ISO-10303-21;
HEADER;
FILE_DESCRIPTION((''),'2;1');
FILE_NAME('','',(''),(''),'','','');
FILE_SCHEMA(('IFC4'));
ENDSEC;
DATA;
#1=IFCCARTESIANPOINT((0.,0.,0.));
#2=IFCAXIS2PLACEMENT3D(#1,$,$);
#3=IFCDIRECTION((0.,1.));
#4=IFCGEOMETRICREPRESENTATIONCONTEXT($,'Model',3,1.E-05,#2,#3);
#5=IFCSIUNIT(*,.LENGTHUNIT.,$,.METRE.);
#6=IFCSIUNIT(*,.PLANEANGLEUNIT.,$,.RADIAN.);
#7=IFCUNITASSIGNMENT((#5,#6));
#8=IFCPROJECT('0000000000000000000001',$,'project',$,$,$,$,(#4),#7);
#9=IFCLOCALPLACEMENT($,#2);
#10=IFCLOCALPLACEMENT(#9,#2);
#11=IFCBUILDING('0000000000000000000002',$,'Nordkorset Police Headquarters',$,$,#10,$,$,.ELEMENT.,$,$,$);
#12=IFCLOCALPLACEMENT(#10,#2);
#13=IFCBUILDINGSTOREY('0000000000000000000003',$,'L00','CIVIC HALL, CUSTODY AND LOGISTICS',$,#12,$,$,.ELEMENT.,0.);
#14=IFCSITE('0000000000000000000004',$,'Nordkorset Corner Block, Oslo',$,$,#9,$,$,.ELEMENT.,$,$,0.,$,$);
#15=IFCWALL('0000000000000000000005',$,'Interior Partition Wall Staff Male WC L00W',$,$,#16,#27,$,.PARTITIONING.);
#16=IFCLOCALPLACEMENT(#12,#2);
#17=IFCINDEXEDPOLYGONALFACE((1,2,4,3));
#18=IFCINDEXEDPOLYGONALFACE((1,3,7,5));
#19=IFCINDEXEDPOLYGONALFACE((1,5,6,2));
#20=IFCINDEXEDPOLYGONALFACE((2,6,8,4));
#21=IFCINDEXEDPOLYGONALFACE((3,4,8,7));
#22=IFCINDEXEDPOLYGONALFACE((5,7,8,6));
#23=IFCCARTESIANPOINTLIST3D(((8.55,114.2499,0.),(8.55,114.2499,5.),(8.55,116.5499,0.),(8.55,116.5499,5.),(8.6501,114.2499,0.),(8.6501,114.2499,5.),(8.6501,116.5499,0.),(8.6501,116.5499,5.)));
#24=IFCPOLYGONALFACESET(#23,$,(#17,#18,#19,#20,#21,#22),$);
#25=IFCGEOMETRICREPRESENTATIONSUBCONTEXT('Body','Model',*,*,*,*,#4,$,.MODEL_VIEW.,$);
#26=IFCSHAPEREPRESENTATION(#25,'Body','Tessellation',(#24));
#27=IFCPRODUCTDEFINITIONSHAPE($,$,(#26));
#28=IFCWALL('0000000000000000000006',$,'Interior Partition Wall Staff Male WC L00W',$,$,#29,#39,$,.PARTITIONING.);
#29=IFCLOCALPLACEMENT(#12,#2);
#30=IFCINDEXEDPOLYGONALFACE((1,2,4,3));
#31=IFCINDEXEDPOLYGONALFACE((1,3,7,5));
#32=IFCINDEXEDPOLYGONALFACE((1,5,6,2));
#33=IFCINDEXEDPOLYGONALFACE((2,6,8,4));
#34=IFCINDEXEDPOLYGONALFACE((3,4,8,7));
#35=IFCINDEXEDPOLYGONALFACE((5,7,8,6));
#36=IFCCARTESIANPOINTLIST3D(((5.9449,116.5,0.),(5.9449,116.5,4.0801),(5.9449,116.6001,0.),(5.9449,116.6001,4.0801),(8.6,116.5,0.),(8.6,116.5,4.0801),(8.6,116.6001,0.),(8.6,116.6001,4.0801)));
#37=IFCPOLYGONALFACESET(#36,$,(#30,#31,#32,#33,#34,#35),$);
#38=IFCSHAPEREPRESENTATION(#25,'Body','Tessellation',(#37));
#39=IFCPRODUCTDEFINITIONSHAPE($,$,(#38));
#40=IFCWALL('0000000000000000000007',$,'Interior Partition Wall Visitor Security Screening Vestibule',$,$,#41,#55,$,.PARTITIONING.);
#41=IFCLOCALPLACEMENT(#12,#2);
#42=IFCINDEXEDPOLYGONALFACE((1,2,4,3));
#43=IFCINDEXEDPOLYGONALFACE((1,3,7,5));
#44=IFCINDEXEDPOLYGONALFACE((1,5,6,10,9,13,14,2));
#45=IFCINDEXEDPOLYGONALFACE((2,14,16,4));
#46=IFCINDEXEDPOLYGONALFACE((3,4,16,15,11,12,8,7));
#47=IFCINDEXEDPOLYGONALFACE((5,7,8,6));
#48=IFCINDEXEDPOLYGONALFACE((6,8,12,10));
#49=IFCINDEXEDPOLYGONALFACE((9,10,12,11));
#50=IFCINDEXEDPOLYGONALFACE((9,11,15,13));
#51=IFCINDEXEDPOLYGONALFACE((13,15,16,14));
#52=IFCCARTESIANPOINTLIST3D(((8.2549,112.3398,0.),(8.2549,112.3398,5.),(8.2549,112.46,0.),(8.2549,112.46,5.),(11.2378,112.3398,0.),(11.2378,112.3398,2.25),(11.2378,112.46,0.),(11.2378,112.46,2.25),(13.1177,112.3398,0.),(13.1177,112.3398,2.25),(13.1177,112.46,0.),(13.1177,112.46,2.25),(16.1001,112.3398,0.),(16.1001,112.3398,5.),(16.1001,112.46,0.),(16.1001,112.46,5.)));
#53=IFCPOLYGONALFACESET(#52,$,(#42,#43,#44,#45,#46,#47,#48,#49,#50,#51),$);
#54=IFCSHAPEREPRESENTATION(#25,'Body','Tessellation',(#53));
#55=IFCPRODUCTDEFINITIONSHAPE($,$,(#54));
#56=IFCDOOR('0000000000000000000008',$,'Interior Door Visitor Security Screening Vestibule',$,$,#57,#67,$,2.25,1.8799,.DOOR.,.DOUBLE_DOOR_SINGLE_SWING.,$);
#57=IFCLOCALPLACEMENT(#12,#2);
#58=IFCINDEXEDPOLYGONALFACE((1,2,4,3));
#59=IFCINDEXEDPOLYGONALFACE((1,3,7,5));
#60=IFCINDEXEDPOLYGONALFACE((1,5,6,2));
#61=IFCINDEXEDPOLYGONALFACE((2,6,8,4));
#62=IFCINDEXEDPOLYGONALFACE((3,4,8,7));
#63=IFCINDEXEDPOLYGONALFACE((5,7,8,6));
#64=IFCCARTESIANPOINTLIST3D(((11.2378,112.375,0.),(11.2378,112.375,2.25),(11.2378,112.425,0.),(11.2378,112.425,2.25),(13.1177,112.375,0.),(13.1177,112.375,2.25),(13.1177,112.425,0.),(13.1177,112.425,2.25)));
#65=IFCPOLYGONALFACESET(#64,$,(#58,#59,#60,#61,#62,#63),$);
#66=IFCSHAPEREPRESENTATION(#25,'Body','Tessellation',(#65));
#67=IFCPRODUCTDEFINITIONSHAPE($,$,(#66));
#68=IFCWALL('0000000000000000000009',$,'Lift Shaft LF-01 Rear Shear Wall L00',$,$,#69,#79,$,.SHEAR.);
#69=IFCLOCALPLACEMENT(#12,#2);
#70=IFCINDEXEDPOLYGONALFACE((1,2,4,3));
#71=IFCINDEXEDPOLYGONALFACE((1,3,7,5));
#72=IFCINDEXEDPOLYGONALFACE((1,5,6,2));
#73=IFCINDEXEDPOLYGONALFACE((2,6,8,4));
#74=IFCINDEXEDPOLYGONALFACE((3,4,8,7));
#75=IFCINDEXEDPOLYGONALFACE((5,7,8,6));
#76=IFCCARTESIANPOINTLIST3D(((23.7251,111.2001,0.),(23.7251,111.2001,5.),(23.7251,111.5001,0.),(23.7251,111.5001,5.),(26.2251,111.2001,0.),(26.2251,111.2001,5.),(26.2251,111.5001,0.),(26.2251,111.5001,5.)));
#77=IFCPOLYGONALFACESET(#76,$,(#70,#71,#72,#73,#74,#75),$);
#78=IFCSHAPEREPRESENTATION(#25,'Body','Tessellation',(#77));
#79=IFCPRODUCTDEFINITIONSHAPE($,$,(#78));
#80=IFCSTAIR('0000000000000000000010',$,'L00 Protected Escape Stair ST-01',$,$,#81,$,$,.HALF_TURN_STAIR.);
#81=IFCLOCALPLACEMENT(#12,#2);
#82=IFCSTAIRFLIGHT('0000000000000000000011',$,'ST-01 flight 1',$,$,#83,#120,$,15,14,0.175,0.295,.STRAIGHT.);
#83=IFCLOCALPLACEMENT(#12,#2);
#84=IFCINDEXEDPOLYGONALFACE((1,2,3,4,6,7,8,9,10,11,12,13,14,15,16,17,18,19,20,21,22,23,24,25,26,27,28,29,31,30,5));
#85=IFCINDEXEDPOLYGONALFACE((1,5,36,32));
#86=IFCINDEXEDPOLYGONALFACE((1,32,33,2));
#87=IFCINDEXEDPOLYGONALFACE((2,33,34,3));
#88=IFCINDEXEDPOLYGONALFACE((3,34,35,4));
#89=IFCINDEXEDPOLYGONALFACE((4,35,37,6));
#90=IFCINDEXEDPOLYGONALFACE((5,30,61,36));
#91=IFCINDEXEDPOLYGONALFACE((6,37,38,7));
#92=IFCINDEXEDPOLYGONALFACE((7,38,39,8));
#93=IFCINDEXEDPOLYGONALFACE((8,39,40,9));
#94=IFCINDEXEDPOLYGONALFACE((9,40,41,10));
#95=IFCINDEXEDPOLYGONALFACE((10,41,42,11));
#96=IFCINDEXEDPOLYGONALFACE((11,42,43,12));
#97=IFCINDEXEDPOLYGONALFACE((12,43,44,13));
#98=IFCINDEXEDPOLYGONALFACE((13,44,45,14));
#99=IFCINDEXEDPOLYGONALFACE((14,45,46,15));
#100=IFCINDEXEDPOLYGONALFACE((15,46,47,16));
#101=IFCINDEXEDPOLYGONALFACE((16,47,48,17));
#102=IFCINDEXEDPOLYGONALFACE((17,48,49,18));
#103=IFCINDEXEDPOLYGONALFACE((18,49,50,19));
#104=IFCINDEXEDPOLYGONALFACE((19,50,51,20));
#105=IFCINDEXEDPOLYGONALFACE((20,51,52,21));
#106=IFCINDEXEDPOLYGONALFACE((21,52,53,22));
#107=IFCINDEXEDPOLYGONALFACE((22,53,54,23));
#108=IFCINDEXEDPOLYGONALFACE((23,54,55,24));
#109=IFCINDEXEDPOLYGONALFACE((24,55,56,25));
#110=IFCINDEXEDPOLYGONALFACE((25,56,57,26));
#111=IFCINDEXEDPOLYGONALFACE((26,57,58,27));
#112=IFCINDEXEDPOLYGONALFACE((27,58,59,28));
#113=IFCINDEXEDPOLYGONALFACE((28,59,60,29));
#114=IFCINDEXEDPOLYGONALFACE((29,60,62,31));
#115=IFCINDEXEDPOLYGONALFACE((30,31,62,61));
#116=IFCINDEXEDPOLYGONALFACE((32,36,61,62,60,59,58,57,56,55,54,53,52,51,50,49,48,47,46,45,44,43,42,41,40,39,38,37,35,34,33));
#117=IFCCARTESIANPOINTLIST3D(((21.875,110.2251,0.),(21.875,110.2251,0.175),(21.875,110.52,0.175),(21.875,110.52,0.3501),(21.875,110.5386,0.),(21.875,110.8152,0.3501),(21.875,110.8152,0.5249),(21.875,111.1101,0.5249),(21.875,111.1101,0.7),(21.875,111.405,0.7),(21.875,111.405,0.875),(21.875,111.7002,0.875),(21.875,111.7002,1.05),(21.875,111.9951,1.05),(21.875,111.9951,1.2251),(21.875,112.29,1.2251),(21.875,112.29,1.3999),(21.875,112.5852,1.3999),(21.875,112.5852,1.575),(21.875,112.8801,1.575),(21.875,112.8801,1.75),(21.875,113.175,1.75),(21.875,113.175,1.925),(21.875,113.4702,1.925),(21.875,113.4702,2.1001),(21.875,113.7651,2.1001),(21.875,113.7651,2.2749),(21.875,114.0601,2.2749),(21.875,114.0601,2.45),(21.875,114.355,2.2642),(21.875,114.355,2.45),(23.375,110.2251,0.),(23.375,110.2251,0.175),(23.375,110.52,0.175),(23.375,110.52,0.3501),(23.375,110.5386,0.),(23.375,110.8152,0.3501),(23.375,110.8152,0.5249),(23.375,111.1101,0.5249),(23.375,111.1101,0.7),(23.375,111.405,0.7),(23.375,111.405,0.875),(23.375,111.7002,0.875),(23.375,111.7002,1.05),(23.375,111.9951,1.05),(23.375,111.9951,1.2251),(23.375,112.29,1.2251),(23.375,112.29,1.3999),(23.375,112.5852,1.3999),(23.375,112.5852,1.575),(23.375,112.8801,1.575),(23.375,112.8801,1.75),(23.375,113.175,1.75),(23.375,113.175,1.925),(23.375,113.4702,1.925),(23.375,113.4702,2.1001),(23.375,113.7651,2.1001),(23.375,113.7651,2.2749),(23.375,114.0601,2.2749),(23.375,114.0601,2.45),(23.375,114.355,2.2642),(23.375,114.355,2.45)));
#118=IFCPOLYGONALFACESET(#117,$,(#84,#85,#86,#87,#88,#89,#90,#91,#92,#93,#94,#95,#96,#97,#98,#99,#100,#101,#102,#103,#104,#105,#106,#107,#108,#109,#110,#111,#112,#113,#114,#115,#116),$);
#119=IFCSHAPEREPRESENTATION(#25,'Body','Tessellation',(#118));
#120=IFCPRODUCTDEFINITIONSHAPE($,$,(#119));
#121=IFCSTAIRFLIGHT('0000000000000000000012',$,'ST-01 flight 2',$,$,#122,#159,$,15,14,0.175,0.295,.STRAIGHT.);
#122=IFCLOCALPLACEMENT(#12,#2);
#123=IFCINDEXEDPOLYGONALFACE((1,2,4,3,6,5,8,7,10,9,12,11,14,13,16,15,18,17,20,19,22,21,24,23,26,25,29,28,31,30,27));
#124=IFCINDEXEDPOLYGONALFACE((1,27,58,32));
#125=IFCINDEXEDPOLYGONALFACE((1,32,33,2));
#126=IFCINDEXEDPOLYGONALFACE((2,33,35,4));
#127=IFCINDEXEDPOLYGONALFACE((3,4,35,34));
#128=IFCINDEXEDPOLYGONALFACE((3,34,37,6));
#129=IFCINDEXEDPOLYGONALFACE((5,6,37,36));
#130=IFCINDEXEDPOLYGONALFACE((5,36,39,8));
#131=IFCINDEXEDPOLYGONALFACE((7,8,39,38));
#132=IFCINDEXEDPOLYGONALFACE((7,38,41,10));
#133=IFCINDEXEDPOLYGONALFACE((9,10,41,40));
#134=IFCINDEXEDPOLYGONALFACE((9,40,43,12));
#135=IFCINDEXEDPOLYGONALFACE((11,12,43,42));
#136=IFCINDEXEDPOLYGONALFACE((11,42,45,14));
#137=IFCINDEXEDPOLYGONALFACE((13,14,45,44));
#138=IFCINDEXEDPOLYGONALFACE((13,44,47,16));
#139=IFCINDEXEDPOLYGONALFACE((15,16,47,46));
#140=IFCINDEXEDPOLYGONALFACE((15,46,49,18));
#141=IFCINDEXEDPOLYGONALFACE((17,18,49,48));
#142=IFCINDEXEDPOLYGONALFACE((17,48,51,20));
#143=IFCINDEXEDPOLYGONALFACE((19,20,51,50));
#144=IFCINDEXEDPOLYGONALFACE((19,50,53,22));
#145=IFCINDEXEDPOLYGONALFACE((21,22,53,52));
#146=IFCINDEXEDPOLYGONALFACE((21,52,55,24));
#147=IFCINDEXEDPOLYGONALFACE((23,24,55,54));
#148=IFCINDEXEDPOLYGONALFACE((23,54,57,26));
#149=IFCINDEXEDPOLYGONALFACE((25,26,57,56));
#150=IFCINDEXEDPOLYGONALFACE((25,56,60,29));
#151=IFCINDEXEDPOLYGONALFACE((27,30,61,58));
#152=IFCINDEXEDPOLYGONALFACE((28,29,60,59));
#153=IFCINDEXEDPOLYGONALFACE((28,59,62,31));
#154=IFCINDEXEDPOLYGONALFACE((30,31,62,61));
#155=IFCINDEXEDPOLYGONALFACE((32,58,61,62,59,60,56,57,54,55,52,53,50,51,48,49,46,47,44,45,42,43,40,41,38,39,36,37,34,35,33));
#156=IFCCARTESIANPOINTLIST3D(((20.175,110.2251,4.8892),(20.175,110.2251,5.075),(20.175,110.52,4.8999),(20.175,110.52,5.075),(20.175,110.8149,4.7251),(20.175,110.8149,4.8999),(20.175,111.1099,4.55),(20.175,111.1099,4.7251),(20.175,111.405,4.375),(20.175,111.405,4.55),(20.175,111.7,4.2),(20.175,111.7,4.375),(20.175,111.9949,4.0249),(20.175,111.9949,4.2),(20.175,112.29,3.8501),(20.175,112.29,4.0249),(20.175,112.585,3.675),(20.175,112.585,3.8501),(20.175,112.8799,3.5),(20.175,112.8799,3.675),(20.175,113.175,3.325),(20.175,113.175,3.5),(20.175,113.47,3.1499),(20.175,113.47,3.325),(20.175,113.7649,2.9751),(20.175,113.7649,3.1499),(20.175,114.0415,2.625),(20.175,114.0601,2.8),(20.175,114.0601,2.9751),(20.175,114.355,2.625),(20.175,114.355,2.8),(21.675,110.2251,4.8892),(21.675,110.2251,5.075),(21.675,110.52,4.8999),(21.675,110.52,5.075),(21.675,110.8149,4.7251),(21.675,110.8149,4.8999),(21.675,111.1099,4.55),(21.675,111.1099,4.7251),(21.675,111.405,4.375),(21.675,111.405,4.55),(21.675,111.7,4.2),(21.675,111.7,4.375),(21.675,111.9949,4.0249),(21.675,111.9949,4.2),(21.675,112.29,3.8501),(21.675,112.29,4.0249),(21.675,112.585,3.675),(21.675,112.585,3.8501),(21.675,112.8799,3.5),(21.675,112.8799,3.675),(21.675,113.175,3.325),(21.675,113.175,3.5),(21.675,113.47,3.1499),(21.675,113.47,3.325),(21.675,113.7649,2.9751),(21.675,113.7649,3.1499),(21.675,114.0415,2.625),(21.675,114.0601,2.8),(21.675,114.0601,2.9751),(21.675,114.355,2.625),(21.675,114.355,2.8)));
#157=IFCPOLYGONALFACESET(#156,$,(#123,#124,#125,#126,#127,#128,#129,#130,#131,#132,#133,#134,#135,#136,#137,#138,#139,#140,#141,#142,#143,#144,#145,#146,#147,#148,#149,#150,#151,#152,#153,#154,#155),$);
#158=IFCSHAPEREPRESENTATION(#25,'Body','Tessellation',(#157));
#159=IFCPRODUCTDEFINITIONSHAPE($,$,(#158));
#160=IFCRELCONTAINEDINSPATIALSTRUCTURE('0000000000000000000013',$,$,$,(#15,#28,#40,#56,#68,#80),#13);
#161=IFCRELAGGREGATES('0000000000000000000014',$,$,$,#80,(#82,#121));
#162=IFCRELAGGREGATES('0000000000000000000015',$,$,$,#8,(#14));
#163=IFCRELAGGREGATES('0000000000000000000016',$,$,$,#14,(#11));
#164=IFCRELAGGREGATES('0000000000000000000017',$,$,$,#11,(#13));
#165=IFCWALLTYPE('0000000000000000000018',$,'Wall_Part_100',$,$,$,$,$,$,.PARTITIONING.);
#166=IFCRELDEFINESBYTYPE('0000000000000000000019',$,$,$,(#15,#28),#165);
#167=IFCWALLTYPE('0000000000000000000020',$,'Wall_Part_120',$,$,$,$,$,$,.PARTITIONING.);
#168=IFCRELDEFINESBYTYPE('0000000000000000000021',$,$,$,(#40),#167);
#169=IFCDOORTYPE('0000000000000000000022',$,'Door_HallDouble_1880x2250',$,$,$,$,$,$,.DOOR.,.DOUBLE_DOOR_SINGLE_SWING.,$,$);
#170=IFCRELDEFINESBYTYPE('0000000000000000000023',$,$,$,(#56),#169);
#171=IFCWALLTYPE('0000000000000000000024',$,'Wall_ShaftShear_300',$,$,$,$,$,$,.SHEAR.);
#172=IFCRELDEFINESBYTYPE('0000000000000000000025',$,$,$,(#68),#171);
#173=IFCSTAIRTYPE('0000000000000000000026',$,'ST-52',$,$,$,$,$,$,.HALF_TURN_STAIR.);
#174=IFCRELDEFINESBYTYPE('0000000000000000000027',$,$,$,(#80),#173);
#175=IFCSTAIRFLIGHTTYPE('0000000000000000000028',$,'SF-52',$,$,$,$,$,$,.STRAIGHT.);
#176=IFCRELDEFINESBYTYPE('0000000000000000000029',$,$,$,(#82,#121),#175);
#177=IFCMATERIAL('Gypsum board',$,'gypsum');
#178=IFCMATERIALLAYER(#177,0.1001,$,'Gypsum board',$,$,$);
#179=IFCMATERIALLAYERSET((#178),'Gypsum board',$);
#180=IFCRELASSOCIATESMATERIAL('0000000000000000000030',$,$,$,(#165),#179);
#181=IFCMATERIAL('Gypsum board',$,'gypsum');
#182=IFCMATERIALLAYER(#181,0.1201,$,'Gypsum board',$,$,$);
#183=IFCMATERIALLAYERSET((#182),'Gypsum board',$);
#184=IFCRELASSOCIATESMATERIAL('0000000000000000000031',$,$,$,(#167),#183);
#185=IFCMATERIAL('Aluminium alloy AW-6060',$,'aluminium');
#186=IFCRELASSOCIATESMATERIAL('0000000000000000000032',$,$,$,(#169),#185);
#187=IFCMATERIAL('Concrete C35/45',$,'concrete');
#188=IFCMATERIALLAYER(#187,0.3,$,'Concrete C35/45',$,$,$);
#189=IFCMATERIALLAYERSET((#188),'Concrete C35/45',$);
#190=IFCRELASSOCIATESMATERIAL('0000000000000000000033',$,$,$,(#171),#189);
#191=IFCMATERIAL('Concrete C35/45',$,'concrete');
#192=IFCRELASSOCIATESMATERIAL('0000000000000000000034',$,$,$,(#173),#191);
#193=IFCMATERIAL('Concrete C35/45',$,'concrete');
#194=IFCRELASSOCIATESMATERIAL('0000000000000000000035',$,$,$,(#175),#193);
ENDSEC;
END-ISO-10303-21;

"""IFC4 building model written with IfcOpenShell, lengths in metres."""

from ifc_helpers import new_model, si_unit, direction, frame, frame_2d, origin, place, context, subcontext, project, spatial, polyline, rectangle, outline, extrude, material, layer, layer_set, type_object, element, fill, aggregate, save


model = new_model("IFC4")

# Units and contexts
model_context = context("Model", 3, precision=1e-05, world=origin(), true_north=direction((0.0, 1.0)))
body_context = subcontext(model_context, "Body", "Model", "MODEL_VIEW")
ifc_project = project(units=[si_unit("LENGTHUNIT", "METRE"), si_unit("PLANEANGLEUNIT", "RADIAN")], contexts=[model_context])

# Site, building, storey
site_placement = place(None, origin())
site = spatial("IfcSite", under=ifc_project, at=site_placement, Name="Nordkorset Corner Block, Oslo", CompositionType="ELEMENT", RefElevation=0.0)
building_placement = place(site_placement, origin())
building = spatial("IfcBuilding", under=site, at=building_placement, Name="Nordkorset Police Headquarters", CompositionType="ELEMENT")
storey_placement = place(building_placement, origin())
storey = spatial("IfcBuildingStorey", under=building, at=storey_placement, Name="L00", Description="CIVIC HALL, CUSTODY AND LOGISTICS", CompositionType="ELEMENT", Elevation=0.0)

# Walls
ifc_material_1 = material(Name="Gypsum board", Category="gypsum")
ifc_layer_1 = layer(ifc_material_1, 0.1001, Name="Gypsum board")
ifc_layer_set_1 = layer_set([ifc_layer_1], Name="Gypsum board")
wall_type_1 = type_object("IfcWallType", Name="Wall_Part_100", PredefinedType="PARTITIONING", material=ifc_layer_set_1)
wall_1_placement = place(storey_placement, frame((8.6001, 114.25, 0.0), z_axis=(0.0, 0.0, 1.0), x_axis=(0.0, 1.0, 0.0)))
element("IfcWall", 1, at=wall_1_placement, inside=storey, type_object=wall_type_1, Name="Interior Partition Wall Staff Male WC L00W", PredefinedType="PARTITIONING", context=body_context, shape_type="SweptSolid", body=[
    extrude(rectangle(XDim=2.3, YDim=0.1001, at=frame_2d((1.1499, 0.0))), origin(), (0.0, 0.0, 1.0), 5.0),
])
wall_2_placement = place(storey_placement, frame((8.6001, 116.55, 0.0), z_axis=(0.0, 0.0, 1.0), x_axis=(-1.0, 0.0, 0.0)))
element("IfcWall", 2, at=wall_2_placement, inside=storey, type_object=wall_type_1, Name="Interior Partition Wall Staff Male WC L00W", PredefinedType="PARTITIONING", context=body_context, shape_type="SweptSolid", body=[
    extrude(rectangle(XDim=2.655, YDim=0.1001, at=frame_2d((1.3276, 0.0))), origin(), (0.0, 0.0, 1.0), 4.0801),
])

# Wall, opening, door
ifc_material_2 = material(Name="Gypsum board", Category="gypsum")
ifc_layer_2 = layer(ifc_material_2, 0.1201, Name="Gypsum board")
ifc_layer_set_2 = layer_set([ifc_layer_2], Name="Gypsum board")
wall_type_2 = type_object("IfcWallType", Name="Wall_Part_120", PredefinedType="PARTITIONING", material=ifc_layer_set_2)
wall_3_placement = place(storey_placement, frame((16.1001, 112.3999, 0.0), z_axis=(0.0, 0.0, 1.0), x_axis=(-1.0, 0.0, 0.0)))
wall_3 = element("IfcWall", 3, at=wall_3_placement, inside=storey, type_object=wall_type_2, Name="Interior Partition Wall Visitor Security Screening Vestibule", PredefinedType="PARTITIONING", context=body_context, shape_type="SweptSolid", body=[
    extrude(rectangle(XDim=7.8452, YDim=0.1201, at=frame_2d((3.9226, 0.0))), origin(), (0.0, 0.0, 1.0), 5.0),
])
opening_1_placement = place(wall_3_placement, frame((2.9824, 0.0, 0.0)))
opening_1 = element("IfcOpeningElement", 4, at=opening_1_placement, cuts=wall_3, PredefinedType="OPENING", context=body_context, shape_type="SweptSolid", body=[
    extrude(rectangle(XDim=1.8799, YDim=2.25, at=frame_2d((0.9399, 1.125))), frame((0.0, 0.0701, 0.0), z_axis=(0.0, -1.0, 0.0), x_axis=(1.0, 0.0, 0.0)), (0.0, 0.0, 1.0), 0.1401),
])
ifc_material_3 = material(Name="Aluminium alloy AW-6060", Category="aluminium")
door_type_1 = type_object("IfcDoorType", Name="Door_HallDouble_1880x2250", OperationType="DOUBLE_DOOR_SINGLE_SWING", PredefinedType="DOOR", material=ifc_material_3)
door_1_placement = place(opening_1_placement, origin())
door_1 = element("IfcDoor", 5, at=door_1_placement, inside=storey, type_object=door_type_1, Name="Interior Door Visitor Security Screening Vestibule", OperationType="DOUBLE_DOOR_SINGLE_SWING", OverallHeight=2.25, OverallWidth=1.8799, PredefinedType="DOOR", context=body_context, shape_type="SweptSolid", body=[
    extrude(rectangle(XDim=1.8799, YDim=2.25, at=frame_2d((0.9399, 1.125))), frame((0.0, 0.0249, 0.0), z_axis=(0.0, -1.0, 0.0), x_axis=(1.0, 0.0, 0.0)), (0.0, 0.0, 1.0), 0.05),
])
fill(opening_1, door_1)

# Wall
ifc_material_4 = material(Name="Concrete C35/45", Category="concrete")
ifc_layer_3 = layer(ifc_material_4, 0.3, Name="Concrete C35/45")
ifc_layer_set_3 = layer_set([ifc_layer_3], Name="Concrete C35/45")
wall_type_3 = type_object("IfcWallType", Name="Wall_ShaftShear_300", PredefinedType="SHEAR", material=ifc_layer_set_3)
wall_4_placement = place(storey_placement, frame((23.7251, 111.3501, 0.0), z_axis=(0.0, 0.0, 1.0), x_axis=(1.0, 0.0, 0.0)))
element("IfcWall", 6, at=wall_4_placement, inside=storey, type_object=wall_type_3, Name="Lift Shaft LF-01 Rear Shear Wall L00", PredefinedType="SHEAR", context=body_context, shape_type="SweptSolid", body=[
    extrude(rectangle(XDim=2.5, YDim=0.3, at=frame_2d((1.25, 0.0))), origin(), (0.0, 0.0, 1.0), 5.0),
])

# Stair, stair flights
ifc_material_5 = material(Name="Concrete C35/45", Category="concrete")
stair_type = type_object("IfcStairType", Name="ST-52", PredefinedType="HALF_TURN_STAIR", material=ifc_material_5)
stair_placement = place(storey_placement, origin())
stair = element("IfcStair", 7, at=stair_placement, inside=storey, type_object=stair_type, Name="L00 Protected Escape Stair ST-01", PredefinedType="HALF_TURN_STAIR")
ifc_material_6 = material(Name="Concrete C35/45", Category="concrete")
stair_flight_type = type_object("IfcStairFlightType", Name="SF-52", PredefinedType="STRAIGHT", material=ifc_material_6)
stair_flight_1_placement = place(storey_placement, frame((22.625, 110.2251, 0.0), z_axis=(0.0, 0.0, 1.0), x_axis=(0.0, 1.0, 0.0)))
stair_flight_1 = element("IfcStairFlight", 8, at=stair_flight_1_placement, type_object=stair_flight_type, Name="ST-01 flight 1", NumberOfRisers=15, NumberOfTreads=14, PredefinedType="STRAIGHT", RiserHeight=0.175, TreadLength=0.295, context=body_context, shape_type="SweptSolid", body=[
    extrude(outline(polyline([(0.0, 0.0), (0.0, 0.175), (0.2949, 0.175), (0.2949, 0.3501), (0.5901, 0.3501), (0.5901, 0.5249), (0.885, 0.5249), (0.885, 0.7), (1.1799, 0.7), (1.1799, 0.875), (1.4751, 0.875), (1.4751, 1.05), (1.77, 1.05), (1.77, 1.2251), (2.0649, 1.2251), (2.0649, 1.3999), (2.3601, 1.3999), (2.3601, 1.575), (2.655, 1.575), (2.655, 1.75), (2.95, 1.75), (2.95, 1.925), (3.2451, 1.925), (3.2451, 2.1001), (3.54, 2.1001), (3.54, 2.2749), (3.835, 2.2749), (3.835, 2.45), (4.1299, 2.45), (4.1299, 2.625), (4.1299, 2.2642), (0.3135, 0.0), (0.0, 0.0)])), frame((0.0, 0.75, 0.0), z_axis=(0.0, -1.0, 0.0), x_axis=(1.0, 0.0, 0.0)), (0.0, 0.0, 1.0), 1.5),
])
stair_flight_2_placement = place(storey_placement, frame((20.925, 114.355, 2.625), z_axis=(0.0, 0.0, 1.0), x_axis=(0.0, -1.0, 0.0)))
stair_flight_2 = element("IfcStairFlight", 9, at=stair_flight_2_placement, type_object=stair_flight_type, Name="ST-01 flight 2", NumberOfRisers=15, NumberOfTreads=14, PredefinedType="STRAIGHT", RiserHeight=0.175, TreadLength=0.295, context=body_context, shape_type="SweptSolid", body=[
    extrude(outline(polyline([(0.0, 0.0), (0.0, 0.175), (0.2949, 0.175), (0.2949, 0.3501), (0.5901, 0.3501), (0.5901, 0.5249), (0.885, 0.5249), (0.885, 0.7), (1.1799, 0.7), (1.1799, 0.875), (1.4751, 0.875), (1.4751, 1.05), (1.77, 1.05), (1.77, 1.2251), (2.0649, 1.2251), (2.0649, 1.3999), (2.3601, 1.3999), (2.3601, 1.575), (2.655, 1.575), (2.655, 1.75), (2.95, 1.75), (2.95, 1.925), (3.2451, 1.925), (3.2451, 2.1001), (3.54, 2.1001), (3.54, 2.2749), (3.835, 2.2749), (3.835, 2.45), (4.1299, 2.45), (4.1299, 2.625), (4.1299, 2.2642), (0.3135, 0.0), (0.0, 0.0)])), frame((0.0, 0.75, 0.0), z_axis=(0.0, -1.0, 0.0), x_axis=(1.0, 0.0, 0.0)), (0.0, 0.0, 1.0), 1.5),
])
aggregate(stair, [stair_flight_1, stair_flight_2])

save(model, "model.ifc")
